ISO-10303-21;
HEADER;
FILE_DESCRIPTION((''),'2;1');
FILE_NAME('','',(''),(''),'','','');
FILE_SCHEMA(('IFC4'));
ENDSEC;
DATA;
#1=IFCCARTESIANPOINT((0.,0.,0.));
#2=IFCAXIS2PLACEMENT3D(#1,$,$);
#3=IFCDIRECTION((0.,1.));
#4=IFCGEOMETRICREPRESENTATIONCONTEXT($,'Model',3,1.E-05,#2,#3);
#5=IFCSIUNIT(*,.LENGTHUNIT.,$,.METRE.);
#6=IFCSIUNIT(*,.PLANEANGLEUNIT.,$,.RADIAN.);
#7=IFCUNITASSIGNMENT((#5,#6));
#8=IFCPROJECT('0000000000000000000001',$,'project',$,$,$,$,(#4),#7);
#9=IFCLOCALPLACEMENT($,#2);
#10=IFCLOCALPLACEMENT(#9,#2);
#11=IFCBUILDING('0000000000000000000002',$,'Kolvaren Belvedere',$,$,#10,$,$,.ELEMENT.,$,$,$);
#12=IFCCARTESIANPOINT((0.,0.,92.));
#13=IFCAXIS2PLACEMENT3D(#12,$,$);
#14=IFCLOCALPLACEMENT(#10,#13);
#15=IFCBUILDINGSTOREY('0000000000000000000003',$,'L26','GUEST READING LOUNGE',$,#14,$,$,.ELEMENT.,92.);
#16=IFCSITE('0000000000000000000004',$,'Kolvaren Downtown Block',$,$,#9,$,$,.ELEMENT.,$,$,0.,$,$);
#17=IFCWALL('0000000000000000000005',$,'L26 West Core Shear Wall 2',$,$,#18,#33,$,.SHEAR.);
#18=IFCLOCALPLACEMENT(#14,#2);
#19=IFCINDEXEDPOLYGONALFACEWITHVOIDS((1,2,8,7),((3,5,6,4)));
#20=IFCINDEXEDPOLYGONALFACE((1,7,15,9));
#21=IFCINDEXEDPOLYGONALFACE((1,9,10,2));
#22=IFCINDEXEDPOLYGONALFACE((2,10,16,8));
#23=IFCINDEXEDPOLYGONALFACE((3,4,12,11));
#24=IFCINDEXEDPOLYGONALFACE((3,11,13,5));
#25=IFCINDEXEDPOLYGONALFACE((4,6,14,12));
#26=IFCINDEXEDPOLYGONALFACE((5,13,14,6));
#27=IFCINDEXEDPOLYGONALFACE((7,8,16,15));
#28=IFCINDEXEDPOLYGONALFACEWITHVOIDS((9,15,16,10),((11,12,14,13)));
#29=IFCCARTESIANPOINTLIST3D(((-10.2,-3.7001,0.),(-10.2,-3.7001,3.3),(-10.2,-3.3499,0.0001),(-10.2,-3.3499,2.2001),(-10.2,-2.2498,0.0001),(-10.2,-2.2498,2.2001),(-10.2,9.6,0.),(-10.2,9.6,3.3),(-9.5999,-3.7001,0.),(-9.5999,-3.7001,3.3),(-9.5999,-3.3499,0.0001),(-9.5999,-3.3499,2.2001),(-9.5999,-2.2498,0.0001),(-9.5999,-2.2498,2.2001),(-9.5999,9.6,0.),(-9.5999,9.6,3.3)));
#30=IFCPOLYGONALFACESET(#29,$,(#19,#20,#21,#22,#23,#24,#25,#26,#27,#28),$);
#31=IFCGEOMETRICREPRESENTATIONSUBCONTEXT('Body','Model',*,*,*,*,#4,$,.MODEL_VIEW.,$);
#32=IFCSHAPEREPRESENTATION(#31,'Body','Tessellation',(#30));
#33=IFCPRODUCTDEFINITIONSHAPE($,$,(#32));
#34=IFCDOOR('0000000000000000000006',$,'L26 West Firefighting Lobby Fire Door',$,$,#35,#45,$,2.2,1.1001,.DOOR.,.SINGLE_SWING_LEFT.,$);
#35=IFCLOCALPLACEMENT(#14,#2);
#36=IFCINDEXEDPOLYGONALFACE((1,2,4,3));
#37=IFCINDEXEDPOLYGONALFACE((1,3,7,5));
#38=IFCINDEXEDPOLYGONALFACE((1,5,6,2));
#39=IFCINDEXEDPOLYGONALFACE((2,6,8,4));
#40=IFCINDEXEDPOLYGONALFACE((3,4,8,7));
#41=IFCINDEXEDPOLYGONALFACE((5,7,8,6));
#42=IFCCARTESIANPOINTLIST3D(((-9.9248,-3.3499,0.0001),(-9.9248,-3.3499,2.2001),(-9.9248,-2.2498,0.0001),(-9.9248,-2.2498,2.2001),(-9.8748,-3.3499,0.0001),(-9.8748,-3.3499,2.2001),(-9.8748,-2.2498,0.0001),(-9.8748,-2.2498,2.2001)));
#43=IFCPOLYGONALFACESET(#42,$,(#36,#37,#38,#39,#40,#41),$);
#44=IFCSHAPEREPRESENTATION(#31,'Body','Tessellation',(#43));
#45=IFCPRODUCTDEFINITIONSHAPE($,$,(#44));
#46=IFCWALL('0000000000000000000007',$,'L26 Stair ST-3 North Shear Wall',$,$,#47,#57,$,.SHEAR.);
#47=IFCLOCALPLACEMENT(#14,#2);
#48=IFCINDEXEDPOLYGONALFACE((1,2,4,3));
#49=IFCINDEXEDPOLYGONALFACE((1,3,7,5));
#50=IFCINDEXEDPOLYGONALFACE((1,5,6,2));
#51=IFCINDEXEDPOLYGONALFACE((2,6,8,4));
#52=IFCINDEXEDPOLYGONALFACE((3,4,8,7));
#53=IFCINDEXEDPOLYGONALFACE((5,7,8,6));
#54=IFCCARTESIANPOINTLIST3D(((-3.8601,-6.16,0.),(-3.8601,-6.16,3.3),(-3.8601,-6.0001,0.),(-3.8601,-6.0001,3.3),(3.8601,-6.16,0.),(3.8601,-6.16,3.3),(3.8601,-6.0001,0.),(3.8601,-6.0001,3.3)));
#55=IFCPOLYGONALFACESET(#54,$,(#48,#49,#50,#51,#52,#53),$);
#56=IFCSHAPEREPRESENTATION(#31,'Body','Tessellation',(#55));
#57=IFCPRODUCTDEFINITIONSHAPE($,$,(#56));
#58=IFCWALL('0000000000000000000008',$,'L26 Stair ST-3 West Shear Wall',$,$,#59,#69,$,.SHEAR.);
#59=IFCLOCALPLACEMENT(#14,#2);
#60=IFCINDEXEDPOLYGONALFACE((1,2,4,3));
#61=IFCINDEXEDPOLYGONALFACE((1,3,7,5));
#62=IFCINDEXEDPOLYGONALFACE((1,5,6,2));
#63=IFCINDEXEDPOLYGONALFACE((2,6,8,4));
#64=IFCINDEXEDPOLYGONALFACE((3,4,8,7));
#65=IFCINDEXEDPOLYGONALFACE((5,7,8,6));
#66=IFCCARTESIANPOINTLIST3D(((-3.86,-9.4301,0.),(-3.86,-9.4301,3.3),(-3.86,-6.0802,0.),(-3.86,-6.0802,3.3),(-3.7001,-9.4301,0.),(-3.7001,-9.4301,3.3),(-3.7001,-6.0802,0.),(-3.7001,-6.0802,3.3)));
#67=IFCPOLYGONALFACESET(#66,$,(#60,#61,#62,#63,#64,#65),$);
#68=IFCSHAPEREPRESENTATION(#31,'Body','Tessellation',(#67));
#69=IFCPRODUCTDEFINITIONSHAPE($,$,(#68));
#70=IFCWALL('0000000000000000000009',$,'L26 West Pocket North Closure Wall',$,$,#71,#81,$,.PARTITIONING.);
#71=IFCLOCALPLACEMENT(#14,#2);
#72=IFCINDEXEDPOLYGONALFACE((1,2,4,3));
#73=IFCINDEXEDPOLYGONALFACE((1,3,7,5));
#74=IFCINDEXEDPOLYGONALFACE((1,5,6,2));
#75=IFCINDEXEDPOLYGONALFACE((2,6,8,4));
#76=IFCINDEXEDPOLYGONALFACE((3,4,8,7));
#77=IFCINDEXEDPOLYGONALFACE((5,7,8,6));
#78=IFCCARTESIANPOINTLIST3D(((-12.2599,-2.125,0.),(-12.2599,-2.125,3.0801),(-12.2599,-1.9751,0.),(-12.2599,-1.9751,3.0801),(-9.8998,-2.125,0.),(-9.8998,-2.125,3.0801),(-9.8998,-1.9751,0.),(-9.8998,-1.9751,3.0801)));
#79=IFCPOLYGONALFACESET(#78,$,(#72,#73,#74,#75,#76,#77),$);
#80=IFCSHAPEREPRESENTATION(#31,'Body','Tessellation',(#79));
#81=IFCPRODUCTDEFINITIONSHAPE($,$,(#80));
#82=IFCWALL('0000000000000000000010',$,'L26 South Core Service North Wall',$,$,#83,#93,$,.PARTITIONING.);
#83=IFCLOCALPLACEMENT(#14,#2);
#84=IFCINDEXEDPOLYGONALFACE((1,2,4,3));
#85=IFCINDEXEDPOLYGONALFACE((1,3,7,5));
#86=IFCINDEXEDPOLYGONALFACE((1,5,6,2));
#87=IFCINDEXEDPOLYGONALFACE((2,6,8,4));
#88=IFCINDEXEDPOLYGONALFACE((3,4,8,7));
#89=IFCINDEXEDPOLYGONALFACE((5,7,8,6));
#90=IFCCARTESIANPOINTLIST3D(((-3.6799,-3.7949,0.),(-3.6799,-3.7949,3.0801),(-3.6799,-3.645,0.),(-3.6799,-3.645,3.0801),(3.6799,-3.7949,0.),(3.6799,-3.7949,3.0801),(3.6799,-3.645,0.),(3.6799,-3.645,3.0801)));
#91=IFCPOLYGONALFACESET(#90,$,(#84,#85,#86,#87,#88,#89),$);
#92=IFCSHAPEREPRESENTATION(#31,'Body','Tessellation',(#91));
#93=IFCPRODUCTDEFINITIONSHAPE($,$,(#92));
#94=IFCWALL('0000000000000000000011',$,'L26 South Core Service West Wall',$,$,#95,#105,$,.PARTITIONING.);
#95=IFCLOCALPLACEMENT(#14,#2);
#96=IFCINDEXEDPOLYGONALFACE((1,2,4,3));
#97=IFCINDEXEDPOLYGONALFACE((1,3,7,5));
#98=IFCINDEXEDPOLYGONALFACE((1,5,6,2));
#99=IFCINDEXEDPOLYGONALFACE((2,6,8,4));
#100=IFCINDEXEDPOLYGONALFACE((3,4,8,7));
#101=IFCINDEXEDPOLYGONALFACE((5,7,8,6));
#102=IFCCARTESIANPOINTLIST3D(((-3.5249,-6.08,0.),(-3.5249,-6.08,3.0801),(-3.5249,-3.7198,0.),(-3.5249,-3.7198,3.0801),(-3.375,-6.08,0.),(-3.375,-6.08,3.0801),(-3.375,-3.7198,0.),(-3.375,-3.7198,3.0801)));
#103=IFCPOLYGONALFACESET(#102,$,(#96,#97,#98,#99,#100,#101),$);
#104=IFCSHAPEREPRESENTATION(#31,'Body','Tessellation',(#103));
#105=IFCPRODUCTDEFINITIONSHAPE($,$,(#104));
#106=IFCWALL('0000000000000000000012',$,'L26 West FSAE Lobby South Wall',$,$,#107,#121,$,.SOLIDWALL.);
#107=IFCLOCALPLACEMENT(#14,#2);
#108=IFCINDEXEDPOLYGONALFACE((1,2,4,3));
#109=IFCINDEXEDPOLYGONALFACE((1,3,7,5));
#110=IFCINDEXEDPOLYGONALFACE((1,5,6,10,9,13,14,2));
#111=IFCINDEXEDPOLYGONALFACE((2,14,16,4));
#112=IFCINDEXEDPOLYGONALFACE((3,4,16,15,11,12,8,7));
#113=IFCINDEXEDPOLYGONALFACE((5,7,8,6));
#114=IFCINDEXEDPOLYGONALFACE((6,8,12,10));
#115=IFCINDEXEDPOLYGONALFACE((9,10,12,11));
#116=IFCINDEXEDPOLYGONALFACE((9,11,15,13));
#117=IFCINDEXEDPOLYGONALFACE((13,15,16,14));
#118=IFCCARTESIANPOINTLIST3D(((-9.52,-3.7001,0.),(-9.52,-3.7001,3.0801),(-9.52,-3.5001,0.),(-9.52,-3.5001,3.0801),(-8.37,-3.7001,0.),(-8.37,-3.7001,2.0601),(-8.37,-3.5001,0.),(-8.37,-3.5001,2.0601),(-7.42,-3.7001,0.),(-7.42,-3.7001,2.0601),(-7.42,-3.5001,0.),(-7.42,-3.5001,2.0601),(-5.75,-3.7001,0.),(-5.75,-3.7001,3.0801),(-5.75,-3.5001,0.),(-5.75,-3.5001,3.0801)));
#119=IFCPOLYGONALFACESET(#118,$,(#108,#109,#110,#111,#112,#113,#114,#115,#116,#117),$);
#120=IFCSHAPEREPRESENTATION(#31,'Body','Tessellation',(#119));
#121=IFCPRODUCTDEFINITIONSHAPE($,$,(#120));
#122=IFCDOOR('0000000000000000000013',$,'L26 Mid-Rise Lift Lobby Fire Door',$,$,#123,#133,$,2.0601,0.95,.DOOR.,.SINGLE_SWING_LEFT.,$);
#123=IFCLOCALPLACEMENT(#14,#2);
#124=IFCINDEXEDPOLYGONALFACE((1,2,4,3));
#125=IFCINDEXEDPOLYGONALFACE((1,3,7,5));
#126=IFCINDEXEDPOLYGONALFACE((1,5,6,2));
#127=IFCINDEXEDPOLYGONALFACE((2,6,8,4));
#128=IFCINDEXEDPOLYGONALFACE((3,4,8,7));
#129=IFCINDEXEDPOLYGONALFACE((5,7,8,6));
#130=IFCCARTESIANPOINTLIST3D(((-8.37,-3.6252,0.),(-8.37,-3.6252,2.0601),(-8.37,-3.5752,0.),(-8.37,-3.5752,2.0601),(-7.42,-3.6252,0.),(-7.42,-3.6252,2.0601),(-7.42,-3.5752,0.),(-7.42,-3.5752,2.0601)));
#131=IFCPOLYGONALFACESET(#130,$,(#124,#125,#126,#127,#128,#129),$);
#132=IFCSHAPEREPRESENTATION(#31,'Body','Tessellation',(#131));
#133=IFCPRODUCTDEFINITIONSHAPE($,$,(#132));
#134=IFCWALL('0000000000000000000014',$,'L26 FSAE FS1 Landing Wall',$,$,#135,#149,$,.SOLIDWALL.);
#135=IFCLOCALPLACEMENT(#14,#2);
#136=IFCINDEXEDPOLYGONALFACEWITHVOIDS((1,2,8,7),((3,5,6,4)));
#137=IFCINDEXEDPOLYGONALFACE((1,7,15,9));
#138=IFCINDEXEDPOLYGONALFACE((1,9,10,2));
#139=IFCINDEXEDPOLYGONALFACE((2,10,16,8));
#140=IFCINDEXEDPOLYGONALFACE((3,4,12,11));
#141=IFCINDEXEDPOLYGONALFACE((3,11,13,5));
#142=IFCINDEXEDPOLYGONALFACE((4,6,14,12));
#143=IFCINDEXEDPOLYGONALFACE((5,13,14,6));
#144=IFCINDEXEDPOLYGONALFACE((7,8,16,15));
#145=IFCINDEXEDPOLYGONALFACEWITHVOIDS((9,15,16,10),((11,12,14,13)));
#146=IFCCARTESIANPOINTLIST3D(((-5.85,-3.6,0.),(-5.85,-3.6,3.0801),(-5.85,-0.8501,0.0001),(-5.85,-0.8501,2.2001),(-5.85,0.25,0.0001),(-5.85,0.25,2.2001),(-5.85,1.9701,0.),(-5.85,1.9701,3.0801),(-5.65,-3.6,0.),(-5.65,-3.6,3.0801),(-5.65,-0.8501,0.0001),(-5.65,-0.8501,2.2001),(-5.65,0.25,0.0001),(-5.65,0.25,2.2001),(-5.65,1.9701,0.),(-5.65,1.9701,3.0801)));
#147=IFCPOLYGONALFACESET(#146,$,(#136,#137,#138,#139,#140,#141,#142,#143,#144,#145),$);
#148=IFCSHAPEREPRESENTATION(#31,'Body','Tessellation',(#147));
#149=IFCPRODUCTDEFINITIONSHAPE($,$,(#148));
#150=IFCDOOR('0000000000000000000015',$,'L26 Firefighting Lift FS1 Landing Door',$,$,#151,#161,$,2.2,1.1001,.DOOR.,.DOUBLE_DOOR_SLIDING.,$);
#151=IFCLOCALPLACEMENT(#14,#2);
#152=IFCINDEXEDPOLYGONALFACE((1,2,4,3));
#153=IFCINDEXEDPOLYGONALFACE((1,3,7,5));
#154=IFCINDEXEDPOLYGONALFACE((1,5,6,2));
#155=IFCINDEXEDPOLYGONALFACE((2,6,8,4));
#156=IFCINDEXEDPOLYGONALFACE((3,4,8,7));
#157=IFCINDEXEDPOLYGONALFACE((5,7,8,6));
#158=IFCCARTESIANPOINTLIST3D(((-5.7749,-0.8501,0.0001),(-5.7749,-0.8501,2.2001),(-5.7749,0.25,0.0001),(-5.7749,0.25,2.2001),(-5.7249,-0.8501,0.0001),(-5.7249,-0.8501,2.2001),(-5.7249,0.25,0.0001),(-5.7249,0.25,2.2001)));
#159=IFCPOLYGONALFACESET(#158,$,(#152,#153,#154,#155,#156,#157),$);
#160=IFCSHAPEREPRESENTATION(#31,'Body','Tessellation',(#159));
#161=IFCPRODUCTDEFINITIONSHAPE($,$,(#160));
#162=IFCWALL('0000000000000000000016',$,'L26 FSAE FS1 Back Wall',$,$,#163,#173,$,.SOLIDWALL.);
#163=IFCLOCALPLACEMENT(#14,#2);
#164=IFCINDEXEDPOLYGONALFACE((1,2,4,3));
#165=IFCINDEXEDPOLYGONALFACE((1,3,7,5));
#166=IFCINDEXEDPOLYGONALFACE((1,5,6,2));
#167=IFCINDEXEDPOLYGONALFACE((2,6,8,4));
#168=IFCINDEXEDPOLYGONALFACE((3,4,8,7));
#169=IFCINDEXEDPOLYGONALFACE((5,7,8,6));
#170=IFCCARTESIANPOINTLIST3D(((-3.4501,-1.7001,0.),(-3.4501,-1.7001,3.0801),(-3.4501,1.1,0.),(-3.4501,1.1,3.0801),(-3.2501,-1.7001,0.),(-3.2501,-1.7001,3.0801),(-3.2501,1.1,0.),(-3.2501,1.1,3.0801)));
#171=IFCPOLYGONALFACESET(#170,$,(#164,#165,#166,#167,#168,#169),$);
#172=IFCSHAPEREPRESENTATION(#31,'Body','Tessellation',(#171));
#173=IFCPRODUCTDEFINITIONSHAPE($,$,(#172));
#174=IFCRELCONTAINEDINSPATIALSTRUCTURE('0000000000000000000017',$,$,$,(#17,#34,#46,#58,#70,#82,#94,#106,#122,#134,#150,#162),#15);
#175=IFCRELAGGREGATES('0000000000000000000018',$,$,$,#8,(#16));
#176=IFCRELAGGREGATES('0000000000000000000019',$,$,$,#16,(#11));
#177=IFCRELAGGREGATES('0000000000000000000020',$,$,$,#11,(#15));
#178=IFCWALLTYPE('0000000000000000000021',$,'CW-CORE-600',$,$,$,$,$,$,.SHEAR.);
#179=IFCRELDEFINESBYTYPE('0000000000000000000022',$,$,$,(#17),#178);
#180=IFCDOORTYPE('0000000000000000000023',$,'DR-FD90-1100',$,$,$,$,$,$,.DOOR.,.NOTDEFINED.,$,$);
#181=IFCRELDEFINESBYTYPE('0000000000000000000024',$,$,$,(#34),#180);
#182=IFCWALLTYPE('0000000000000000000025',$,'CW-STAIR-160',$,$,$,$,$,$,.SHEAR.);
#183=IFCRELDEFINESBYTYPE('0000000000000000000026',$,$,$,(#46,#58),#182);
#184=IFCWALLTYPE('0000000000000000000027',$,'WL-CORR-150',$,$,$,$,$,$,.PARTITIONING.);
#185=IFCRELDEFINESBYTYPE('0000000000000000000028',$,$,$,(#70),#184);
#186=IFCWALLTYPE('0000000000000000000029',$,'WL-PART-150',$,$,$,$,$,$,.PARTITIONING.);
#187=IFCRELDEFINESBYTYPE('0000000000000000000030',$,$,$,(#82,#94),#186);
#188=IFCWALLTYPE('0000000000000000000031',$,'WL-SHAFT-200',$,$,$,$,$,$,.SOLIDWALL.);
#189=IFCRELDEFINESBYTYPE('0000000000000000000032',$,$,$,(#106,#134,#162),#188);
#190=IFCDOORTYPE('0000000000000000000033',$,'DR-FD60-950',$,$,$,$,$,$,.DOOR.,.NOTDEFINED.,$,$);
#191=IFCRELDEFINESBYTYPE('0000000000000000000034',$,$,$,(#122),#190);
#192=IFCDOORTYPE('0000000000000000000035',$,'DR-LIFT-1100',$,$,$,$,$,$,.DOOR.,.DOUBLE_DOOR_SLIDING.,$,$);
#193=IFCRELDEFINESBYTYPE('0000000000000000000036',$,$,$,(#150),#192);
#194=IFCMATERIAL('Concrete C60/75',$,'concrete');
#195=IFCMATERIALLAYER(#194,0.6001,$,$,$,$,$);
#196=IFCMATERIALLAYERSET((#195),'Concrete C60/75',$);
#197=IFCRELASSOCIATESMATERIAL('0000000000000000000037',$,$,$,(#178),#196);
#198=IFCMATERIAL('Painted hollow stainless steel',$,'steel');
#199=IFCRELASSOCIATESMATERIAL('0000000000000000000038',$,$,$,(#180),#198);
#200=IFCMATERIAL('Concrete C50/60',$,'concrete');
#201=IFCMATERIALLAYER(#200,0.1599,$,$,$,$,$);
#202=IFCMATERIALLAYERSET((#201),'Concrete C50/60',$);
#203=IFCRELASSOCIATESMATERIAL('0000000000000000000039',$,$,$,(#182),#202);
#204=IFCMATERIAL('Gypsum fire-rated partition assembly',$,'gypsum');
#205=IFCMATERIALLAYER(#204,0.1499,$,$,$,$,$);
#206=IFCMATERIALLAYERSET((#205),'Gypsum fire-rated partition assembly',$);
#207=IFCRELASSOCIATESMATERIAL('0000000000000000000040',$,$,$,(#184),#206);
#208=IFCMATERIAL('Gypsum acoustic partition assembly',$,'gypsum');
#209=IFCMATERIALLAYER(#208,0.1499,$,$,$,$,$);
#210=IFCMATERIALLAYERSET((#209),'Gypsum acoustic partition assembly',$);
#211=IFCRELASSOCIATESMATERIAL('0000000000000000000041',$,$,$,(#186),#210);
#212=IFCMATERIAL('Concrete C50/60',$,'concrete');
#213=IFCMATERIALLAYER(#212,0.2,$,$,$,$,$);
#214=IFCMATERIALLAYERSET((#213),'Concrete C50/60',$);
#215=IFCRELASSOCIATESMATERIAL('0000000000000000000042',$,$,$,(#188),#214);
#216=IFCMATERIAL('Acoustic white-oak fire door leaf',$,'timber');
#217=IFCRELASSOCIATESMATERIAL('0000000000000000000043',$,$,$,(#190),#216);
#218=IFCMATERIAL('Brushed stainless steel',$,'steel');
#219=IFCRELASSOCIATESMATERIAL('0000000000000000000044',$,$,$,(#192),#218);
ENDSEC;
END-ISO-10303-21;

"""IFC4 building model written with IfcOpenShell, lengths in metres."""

from ifc_helpers import new_model, si_unit, direction, frame, frame_2d, origin, place, context, subcontext, project, spatial, rectangle, extrude, material, layer, layer_set, type_object, element, fill, save


model = new_model("IFC4")

# Units and contexts
model_context = context("Model", 3, precision=1e-05, world=origin(), true_north=direction((0.0, 1.0)))
body_context = subcontext(model_context, "Body", "Model", "MODEL_VIEW")
ifc_project = project(units=[si_unit("LENGTHUNIT", "METRE"), si_unit("PLANEANGLEUNIT", "RADIAN")], contexts=[model_context])

# Site, building, storey
site_placement = place(None, origin())
site = spatial("IfcSite", under=ifc_project, at=site_placement, Name="Kolvaren Downtown Block", CompositionType="ELEMENT", RefElevation=0.0)
building_placement = place(site_placement, origin())
building = spatial("IfcBuilding", under=site, at=building_placement, Name="Kolvaren Belvedere", CompositionType="ELEMENT")
storey_placement = place(building_placement, frame((0.0, 0.0, 92.0)))
storey = spatial("IfcBuildingStorey", under=building, at=storey_placement, Name="L26", Description="GUEST READING LOUNGE", CompositionType="ELEMENT", Elevation=92.0)

# Wall, opening, door
ifc_material_1 = material(Name="Concrete C60/75", Category="concrete")
ifc_layer_1 = layer(ifc_material_1, 0.6001)
ifc_layer_set_1 = layer_set([ifc_layer_1], Name="Concrete C60/75")
wall_type_1 = type_object("IfcWallType", Name="CW-CORE-600", PredefinedType="SHEAR", material=ifc_layer_set_1)
wall_1_placement = place(storey_placement, frame((-9.8999, -3.7, 0.0), z_axis=(0.0, 0.0, 1.0), x_axis=(0.0, 1.0, 0.0)))
wall_1 = element("IfcWall", 1, at=wall_1_placement, inside=storey, type_object=wall_type_1, Name="L26 West Core Shear Wall 2", PredefinedType="SHEAR", context=body_context, shape_type="SweptSolid", body=[
    extrude(rectangle(XDim=13.3, YDim=0.6001, at=frame_2d((6.6499, 0.0))), origin(), (0.0, 0.0, 1.0), 3.3),
])
opening_1_placement = place(wall_1_placement, frame((0.3501, 0.0, 0.0)))
opening_1 = element("IfcOpeningElement", 2, at=opening_1_placement, cuts=wall_1, PredefinedType="OPENING", context=body_context, shape_type="SweptSolid", body=[
    extrude(rectangle(XDim=1.1001, YDim=2.2, at=frame_2d((0.55, 1.1001))), frame((0.0, 0.3101, 0.0), z_axis=(0.0, -1.0, 0.0), x_axis=(1.0, 0.0, 0.0)), (0.0, 0.0, 1.0), 0.6201),
])
ifc_material_2 = material(Name="Painted hollow stainless steel", Category="steel")
door_type_1 = type_object("IfcDoorType", Name="DR-FD90-1100", OperationType="NOTDEFINED", PredefinedType="DOOR", material=ifc_material_2)
door_1_placement = place(opening_1_placement, origin())
door_1 = element("IfcDoor", 3, at=door_1_placement, inside=storey, type_object=door_type_1, Name="L26 West Firefighting Lobby Fire Door", OperationType="SINGLE_SWING_LEFT", OverallHeight=2.2, OverallWidth=1.1001, PredefinedType="DOOR", context=body_context, shape_type="SweptSolid", body=[
    extrude(rectangle(XDim=1.1001, YDim=2.2, at=frame_2d((0.55, 1.1001))), frame((0.0, 0.0249, 0.0), z_axis=(0.0, -1.0, 0.0), x_axis=(1.0, 0.0, 0.0)), (0.0, 0.0, 1.0), 0.05),
])
fill(opening_1, door_1)

# Walls
ifc_material_3 = material(Name="Concrete C50/60", Category="concrete")
ifc_layer_2 = layer(ifc_material_3, 0.1599)
ifc_layer_set_2 = layer_set([ifc_layer_2], Name="Concrete C50/60")
wall_type_2 = type_object("IfcWallType", Name="CW-STAIR-160", PredefinedType="SHEAR", material=ifc_layer_set_2)
wall_2_placement = place(storey_placement, frame((-3.8601, -6.0801, 0.0), z_axis=(0.0, 0.0, 1.0), x_axis=(1.0, 0.0, 0.0)))
element("IfcWall", 4, at=wall_2_placement, inside=storey, type_object=wall_type_2, Name="L26 Stair ST-3 North Shear Wall", PredefinedType="SHEAR", context=body_context, shape_type="SweptSolid", body=[
    extrude(rectangle(XDim=7.7202, YDim=0.1599, at=frame_2d((3.8601, 0.0))), origin(), (0.0, 0.0, 1.0), 3.3),
])
wall_3_placement = place(storey_placement, frame((-3.78, -9.4299, 0.0), z_axis=(0.0, 0.0, 1.0), x_axis=(0.0, 1.0, 0.0)))
element("IfcWall", 5, at=wall_3_placement, inside=storey, type_object=wall_type_2, Name="L26 Stair ST-3 West Shear Wall", PredefinedType="SHEAR", context=body_context, shape_type="SweptSolid", body=[
    extrude(rectangle(XDim=3.3499, YDim=0.1599, at=frame_2d((1.6748, 0.0))), origin(), (0.0, 0.0, 1.0), 3.3),
])
ifc_material_4 = material(Name="Gypsum fire-rated partition assembly", Category="gypsum")
ifc_layer_3 = layer(ifc_material_4, 0.1499)
ifc_layer_set_3 = layer_set([ifc_layer_3], Name="Gypsum fire-rated partition assembly")
wall_type_3 = type_object("IfcWallType", Name="WL-CORR-150", PredefinedType="PARTITIONING", material=ifc_layer_set_3)
wall_4_placement = place(storey_placement, frame((-12.26, -2.05, 0.0), z_axis=(0.0, 0.0, 1.0), x_axis=(1.0, 0.0, 0.0)))
element("IfcWall", 6, at=wall_4_placement, inside=storey, type_object=wall_type_3, Name="L26 West Pocket North Closure Wall", PredefinedType="PARTITIONING", context=body_context, shape_type="SweptSolid", body=[
    extrude(rectangle(XDim=2.3601, YDim=0.1499, at=frame_2d((1.1802, 0.0))), origin(), (0.0, 0.0, 1.0), 3.0801),
])
ifc_material_5 = material(Name="Gypsum acoustic partition assembly", Category="gypsum")
ifc_layer_4 = layer(ifc_material_5, 0.1499)
ifc_layer_set_4 = layer_set([ifc_layer_4], Name="Gypsum acoustic partition assembly")
wall_type_4 = type_object("IfcWallType", Name="WL-PART-150", PredefinedType="PARTITIONING", material=ifc_layer_set_4)
wall_5_placement = place(storey_placement, frame((-3.6799, -3.72, 0.0), z_axis=(0.0, 0.0, 1.0), x_axis=(1.0, 0.0, 0.0)))
element("IfcWall", 7, at=wall_5_placement, inside=storey, type_object=wall_type_4, Name="L26 South Core Service North Wall", PredefinedType="PARTITIONING", context=body_context, shape_type="SweptSolid", body=[
    extrude(rectangle(XDim=7.3599, YDim=0.1499, at=frame_2d((3.6799, 0.0))), origin(), (0.0, 0.0, 1.0), 3.0801),
])
wall_6_placement = place(storey_placement, frame((-3.45, -6.0801, 0.0), z_axis=(0.0, 0.0, 1.0), x_axis=(0.0, 1.0, 0.0)))
element("IfcWall", 8, at=wall_6_placement, inside=storey, type_object=wall_type_4, Name="L26 South Core Service West Wall", PredefinedType="PARTITIONING", context=body_context, shape_type="SweptSolid", body=[
    extrude(rectangle(XDim=2.3601, YDim=0.1499, at=frame_2d((1.1802, 0.0))), origin(), (0.0, 0.0, 1.0), 3.0801),
])

# Walls, openings, doors
ifc_material_6 = material(Name="Concrete C50/60", Category="concrete")
ifc_layer_5 = layer(ifc_material_6, 0.2)
ifc_layer_set_5 = layer_set([ifc_layer_5], Name="Concrete C50/60")
wall_type_5 = type_object("IfcWallType", Name="WL-SHAFT-200", PredefinedType="SOLIDWALL", material=ifc_layer_set_5)
wall_7_placement = place(storey_placement, frame((-9.52, -3.6001, 0.0), z_axis=(0.0, 0.0, 1.0), x_axis=(1.0, 0.0, 0.0)))
wall_7 = element("IfcWall", 9, at=wall_7_placement, inside=storey, type_object=wall_type_5, Name="L26 West FSAE Lobby South Wall", PredefinedType="SOLIDWALL", context=body_context, shape_type="SweptSolid", body=[
    extrude(rectangle(XDim=3.77, YDim=0.2, at=frame_2d((1.885, 0.0))), origin(), (0.0, 0.0, 1.0), 3.0801),
])
opening_2_placement = place(wall_7_placement, frame((1.1499, 0.0, 0.0)))
opening_2 = element("IfcOpeningElement", 10, at=opening_2_placement, cuts=wall_7, PredefinedType="OPENING", context=body_context, shape_type="SweptSolid", body=[
    extrude(rectangle(XDim=0.95, YDim=2.0601, at=frame_2d((0.4751, 1.03))), frame((0.0, 0.1099, 0.0), z_axis=(0.0, -1.0, 0.0), x_axis=(1.0, 0.0, 0.0)), (0.0, 0.0, 1.0), 0.22),
])
ifc_material_7 = material(Name="Acoustic white-oak fire door leaf", Category="timber")
door_type_2 = type_object("IfcDoorType", Name="DR-FD60-950", OperationType="NOTDEFINED", PredefinedType="DOOR", material=ifc_material_7)
door_2_placement = place(opening_2_placement, origin())
door_2 = element("IfcDoor", 11, at=door_2_placement, inside=storey, type_object=door_type_2, Name="L26 Mid-Rise Lift Lobby Fire Door", OperationType="SINGLE_SWING_LEFT", OverallHeight=2.0601, OverallWidth=0.95, PredefinedType="DOOR", context=body_context, shape_type="SweptSolid", body=[
    extrude(rectangle(XDim=0.95, YDim=2.0601, at=frame_2d((0.4751, 1.03))), frame((0.0, 0.0249, 0.0), z_axis=(0.0, -1.0, 0.0), x_axis=(1.0, 0.0, 0.0)), (0.0, 0.0, 1.0), 0.05),
])
fill(opening_2, door_2)
wall_8_placement = place(storey_placement, frame((-5.75, -3.6001, 0.0), z_axis=(0.0, 0.0, 1.0), x_axis=(0.0, 1.0, 0.0)))
wall_8 = element("IfcWall", 12, at=wall_8_placement, inside=storey, type_object=wall_type_5, Name="L26 FSAE FS1 Landing Wall", PredefinedType="SOLIDWALL", context=body_context, shape_type="SweptSolid", body=[
    extrude(rectangle(XDim=5.5701, YDim=0.2, at=frame_2d((2.7852, 0.0))), origin(), (0.0, 0.0, 1.0), 3.0801),
])
opening_3_placement = place(wall_8_placement, frame((2.75, 0.0, 0.0)))
opening_3 = element("IfcOpeningElement", 13, at=opening_3_placement, cuts=wall_8, PredefinedType="OPENING", context=body_context, shape_type="SweptSolid", body=[
    extrude(rectangle(XDim=1.1001, YDim=2.2, at=frame_2d((0.55, 1.1001))), frame((0.0, 0.1099, 0.0), z_axis=(0.0, -1.0, 0.0), x_axis=(1.0, 0.0, 0.0)), (0.0, 0.0, 1.0), 0.22),
])
ifc_material_8 = material(Name="Brushed stainless steel", Category="steel")
door_type_3 = type_object("IfcDoorType", Name="DR-LIFT-1100", OperationType="DOUBLE_DOOR_SLIDING", PredefinedType="DOOR", material=ifc_material_8)
door_3_placement = place(opening_3_placement, origin())
door_3 = element("IfcDoor", 14, at=door_3_placement, inside=storey, type_object=door_type_3, Name="L26 Firefighting Lift FS1 Landing Door", OperationType="DOUBLE_DOOR_SLIDING", OverallHeight=2.2, OverallWidth=1.1001, PredefinedType="DOOR", context=body_context, shape_type="SweptSolid", body=[
    extrude(rectangle(XDim=1.1001, YDim=2.2, at=frame_2d((0.55, 1.1001))), frame((0.0, 0.0249, 0.0), z_axis=(0.0, -1.0, 0.0), x_axis=(1.0, 0.0, 0.0)), (0.0, 0.0, 1.0), 0.05),
])
fill(opening_3, door_3)

# Wall
wall_9_placement = place(storey_placement, frame((-3.3501, -1.7, 0.0), z_axis=(0.0, 0.0, 1.0), x_axis=(0.0, 1.0, 0.0)))
element("IfcWall", 15, at=wall_9_placement, inside=storey, type_object=wall_type_5, Name="L26 FSAE FS1 Back Wall", PredefinedType="SOLIDWALL", context=body_context, shape_type="SweptSolid", body=[
    extrude(rectangle(XDim=2.8, YDim=0.2, at=frame_2d((1.3999, 0.0))), origin(), (0.0, 0.0, 1.0), 3.0801),
])

save(model, "model.ifc")
